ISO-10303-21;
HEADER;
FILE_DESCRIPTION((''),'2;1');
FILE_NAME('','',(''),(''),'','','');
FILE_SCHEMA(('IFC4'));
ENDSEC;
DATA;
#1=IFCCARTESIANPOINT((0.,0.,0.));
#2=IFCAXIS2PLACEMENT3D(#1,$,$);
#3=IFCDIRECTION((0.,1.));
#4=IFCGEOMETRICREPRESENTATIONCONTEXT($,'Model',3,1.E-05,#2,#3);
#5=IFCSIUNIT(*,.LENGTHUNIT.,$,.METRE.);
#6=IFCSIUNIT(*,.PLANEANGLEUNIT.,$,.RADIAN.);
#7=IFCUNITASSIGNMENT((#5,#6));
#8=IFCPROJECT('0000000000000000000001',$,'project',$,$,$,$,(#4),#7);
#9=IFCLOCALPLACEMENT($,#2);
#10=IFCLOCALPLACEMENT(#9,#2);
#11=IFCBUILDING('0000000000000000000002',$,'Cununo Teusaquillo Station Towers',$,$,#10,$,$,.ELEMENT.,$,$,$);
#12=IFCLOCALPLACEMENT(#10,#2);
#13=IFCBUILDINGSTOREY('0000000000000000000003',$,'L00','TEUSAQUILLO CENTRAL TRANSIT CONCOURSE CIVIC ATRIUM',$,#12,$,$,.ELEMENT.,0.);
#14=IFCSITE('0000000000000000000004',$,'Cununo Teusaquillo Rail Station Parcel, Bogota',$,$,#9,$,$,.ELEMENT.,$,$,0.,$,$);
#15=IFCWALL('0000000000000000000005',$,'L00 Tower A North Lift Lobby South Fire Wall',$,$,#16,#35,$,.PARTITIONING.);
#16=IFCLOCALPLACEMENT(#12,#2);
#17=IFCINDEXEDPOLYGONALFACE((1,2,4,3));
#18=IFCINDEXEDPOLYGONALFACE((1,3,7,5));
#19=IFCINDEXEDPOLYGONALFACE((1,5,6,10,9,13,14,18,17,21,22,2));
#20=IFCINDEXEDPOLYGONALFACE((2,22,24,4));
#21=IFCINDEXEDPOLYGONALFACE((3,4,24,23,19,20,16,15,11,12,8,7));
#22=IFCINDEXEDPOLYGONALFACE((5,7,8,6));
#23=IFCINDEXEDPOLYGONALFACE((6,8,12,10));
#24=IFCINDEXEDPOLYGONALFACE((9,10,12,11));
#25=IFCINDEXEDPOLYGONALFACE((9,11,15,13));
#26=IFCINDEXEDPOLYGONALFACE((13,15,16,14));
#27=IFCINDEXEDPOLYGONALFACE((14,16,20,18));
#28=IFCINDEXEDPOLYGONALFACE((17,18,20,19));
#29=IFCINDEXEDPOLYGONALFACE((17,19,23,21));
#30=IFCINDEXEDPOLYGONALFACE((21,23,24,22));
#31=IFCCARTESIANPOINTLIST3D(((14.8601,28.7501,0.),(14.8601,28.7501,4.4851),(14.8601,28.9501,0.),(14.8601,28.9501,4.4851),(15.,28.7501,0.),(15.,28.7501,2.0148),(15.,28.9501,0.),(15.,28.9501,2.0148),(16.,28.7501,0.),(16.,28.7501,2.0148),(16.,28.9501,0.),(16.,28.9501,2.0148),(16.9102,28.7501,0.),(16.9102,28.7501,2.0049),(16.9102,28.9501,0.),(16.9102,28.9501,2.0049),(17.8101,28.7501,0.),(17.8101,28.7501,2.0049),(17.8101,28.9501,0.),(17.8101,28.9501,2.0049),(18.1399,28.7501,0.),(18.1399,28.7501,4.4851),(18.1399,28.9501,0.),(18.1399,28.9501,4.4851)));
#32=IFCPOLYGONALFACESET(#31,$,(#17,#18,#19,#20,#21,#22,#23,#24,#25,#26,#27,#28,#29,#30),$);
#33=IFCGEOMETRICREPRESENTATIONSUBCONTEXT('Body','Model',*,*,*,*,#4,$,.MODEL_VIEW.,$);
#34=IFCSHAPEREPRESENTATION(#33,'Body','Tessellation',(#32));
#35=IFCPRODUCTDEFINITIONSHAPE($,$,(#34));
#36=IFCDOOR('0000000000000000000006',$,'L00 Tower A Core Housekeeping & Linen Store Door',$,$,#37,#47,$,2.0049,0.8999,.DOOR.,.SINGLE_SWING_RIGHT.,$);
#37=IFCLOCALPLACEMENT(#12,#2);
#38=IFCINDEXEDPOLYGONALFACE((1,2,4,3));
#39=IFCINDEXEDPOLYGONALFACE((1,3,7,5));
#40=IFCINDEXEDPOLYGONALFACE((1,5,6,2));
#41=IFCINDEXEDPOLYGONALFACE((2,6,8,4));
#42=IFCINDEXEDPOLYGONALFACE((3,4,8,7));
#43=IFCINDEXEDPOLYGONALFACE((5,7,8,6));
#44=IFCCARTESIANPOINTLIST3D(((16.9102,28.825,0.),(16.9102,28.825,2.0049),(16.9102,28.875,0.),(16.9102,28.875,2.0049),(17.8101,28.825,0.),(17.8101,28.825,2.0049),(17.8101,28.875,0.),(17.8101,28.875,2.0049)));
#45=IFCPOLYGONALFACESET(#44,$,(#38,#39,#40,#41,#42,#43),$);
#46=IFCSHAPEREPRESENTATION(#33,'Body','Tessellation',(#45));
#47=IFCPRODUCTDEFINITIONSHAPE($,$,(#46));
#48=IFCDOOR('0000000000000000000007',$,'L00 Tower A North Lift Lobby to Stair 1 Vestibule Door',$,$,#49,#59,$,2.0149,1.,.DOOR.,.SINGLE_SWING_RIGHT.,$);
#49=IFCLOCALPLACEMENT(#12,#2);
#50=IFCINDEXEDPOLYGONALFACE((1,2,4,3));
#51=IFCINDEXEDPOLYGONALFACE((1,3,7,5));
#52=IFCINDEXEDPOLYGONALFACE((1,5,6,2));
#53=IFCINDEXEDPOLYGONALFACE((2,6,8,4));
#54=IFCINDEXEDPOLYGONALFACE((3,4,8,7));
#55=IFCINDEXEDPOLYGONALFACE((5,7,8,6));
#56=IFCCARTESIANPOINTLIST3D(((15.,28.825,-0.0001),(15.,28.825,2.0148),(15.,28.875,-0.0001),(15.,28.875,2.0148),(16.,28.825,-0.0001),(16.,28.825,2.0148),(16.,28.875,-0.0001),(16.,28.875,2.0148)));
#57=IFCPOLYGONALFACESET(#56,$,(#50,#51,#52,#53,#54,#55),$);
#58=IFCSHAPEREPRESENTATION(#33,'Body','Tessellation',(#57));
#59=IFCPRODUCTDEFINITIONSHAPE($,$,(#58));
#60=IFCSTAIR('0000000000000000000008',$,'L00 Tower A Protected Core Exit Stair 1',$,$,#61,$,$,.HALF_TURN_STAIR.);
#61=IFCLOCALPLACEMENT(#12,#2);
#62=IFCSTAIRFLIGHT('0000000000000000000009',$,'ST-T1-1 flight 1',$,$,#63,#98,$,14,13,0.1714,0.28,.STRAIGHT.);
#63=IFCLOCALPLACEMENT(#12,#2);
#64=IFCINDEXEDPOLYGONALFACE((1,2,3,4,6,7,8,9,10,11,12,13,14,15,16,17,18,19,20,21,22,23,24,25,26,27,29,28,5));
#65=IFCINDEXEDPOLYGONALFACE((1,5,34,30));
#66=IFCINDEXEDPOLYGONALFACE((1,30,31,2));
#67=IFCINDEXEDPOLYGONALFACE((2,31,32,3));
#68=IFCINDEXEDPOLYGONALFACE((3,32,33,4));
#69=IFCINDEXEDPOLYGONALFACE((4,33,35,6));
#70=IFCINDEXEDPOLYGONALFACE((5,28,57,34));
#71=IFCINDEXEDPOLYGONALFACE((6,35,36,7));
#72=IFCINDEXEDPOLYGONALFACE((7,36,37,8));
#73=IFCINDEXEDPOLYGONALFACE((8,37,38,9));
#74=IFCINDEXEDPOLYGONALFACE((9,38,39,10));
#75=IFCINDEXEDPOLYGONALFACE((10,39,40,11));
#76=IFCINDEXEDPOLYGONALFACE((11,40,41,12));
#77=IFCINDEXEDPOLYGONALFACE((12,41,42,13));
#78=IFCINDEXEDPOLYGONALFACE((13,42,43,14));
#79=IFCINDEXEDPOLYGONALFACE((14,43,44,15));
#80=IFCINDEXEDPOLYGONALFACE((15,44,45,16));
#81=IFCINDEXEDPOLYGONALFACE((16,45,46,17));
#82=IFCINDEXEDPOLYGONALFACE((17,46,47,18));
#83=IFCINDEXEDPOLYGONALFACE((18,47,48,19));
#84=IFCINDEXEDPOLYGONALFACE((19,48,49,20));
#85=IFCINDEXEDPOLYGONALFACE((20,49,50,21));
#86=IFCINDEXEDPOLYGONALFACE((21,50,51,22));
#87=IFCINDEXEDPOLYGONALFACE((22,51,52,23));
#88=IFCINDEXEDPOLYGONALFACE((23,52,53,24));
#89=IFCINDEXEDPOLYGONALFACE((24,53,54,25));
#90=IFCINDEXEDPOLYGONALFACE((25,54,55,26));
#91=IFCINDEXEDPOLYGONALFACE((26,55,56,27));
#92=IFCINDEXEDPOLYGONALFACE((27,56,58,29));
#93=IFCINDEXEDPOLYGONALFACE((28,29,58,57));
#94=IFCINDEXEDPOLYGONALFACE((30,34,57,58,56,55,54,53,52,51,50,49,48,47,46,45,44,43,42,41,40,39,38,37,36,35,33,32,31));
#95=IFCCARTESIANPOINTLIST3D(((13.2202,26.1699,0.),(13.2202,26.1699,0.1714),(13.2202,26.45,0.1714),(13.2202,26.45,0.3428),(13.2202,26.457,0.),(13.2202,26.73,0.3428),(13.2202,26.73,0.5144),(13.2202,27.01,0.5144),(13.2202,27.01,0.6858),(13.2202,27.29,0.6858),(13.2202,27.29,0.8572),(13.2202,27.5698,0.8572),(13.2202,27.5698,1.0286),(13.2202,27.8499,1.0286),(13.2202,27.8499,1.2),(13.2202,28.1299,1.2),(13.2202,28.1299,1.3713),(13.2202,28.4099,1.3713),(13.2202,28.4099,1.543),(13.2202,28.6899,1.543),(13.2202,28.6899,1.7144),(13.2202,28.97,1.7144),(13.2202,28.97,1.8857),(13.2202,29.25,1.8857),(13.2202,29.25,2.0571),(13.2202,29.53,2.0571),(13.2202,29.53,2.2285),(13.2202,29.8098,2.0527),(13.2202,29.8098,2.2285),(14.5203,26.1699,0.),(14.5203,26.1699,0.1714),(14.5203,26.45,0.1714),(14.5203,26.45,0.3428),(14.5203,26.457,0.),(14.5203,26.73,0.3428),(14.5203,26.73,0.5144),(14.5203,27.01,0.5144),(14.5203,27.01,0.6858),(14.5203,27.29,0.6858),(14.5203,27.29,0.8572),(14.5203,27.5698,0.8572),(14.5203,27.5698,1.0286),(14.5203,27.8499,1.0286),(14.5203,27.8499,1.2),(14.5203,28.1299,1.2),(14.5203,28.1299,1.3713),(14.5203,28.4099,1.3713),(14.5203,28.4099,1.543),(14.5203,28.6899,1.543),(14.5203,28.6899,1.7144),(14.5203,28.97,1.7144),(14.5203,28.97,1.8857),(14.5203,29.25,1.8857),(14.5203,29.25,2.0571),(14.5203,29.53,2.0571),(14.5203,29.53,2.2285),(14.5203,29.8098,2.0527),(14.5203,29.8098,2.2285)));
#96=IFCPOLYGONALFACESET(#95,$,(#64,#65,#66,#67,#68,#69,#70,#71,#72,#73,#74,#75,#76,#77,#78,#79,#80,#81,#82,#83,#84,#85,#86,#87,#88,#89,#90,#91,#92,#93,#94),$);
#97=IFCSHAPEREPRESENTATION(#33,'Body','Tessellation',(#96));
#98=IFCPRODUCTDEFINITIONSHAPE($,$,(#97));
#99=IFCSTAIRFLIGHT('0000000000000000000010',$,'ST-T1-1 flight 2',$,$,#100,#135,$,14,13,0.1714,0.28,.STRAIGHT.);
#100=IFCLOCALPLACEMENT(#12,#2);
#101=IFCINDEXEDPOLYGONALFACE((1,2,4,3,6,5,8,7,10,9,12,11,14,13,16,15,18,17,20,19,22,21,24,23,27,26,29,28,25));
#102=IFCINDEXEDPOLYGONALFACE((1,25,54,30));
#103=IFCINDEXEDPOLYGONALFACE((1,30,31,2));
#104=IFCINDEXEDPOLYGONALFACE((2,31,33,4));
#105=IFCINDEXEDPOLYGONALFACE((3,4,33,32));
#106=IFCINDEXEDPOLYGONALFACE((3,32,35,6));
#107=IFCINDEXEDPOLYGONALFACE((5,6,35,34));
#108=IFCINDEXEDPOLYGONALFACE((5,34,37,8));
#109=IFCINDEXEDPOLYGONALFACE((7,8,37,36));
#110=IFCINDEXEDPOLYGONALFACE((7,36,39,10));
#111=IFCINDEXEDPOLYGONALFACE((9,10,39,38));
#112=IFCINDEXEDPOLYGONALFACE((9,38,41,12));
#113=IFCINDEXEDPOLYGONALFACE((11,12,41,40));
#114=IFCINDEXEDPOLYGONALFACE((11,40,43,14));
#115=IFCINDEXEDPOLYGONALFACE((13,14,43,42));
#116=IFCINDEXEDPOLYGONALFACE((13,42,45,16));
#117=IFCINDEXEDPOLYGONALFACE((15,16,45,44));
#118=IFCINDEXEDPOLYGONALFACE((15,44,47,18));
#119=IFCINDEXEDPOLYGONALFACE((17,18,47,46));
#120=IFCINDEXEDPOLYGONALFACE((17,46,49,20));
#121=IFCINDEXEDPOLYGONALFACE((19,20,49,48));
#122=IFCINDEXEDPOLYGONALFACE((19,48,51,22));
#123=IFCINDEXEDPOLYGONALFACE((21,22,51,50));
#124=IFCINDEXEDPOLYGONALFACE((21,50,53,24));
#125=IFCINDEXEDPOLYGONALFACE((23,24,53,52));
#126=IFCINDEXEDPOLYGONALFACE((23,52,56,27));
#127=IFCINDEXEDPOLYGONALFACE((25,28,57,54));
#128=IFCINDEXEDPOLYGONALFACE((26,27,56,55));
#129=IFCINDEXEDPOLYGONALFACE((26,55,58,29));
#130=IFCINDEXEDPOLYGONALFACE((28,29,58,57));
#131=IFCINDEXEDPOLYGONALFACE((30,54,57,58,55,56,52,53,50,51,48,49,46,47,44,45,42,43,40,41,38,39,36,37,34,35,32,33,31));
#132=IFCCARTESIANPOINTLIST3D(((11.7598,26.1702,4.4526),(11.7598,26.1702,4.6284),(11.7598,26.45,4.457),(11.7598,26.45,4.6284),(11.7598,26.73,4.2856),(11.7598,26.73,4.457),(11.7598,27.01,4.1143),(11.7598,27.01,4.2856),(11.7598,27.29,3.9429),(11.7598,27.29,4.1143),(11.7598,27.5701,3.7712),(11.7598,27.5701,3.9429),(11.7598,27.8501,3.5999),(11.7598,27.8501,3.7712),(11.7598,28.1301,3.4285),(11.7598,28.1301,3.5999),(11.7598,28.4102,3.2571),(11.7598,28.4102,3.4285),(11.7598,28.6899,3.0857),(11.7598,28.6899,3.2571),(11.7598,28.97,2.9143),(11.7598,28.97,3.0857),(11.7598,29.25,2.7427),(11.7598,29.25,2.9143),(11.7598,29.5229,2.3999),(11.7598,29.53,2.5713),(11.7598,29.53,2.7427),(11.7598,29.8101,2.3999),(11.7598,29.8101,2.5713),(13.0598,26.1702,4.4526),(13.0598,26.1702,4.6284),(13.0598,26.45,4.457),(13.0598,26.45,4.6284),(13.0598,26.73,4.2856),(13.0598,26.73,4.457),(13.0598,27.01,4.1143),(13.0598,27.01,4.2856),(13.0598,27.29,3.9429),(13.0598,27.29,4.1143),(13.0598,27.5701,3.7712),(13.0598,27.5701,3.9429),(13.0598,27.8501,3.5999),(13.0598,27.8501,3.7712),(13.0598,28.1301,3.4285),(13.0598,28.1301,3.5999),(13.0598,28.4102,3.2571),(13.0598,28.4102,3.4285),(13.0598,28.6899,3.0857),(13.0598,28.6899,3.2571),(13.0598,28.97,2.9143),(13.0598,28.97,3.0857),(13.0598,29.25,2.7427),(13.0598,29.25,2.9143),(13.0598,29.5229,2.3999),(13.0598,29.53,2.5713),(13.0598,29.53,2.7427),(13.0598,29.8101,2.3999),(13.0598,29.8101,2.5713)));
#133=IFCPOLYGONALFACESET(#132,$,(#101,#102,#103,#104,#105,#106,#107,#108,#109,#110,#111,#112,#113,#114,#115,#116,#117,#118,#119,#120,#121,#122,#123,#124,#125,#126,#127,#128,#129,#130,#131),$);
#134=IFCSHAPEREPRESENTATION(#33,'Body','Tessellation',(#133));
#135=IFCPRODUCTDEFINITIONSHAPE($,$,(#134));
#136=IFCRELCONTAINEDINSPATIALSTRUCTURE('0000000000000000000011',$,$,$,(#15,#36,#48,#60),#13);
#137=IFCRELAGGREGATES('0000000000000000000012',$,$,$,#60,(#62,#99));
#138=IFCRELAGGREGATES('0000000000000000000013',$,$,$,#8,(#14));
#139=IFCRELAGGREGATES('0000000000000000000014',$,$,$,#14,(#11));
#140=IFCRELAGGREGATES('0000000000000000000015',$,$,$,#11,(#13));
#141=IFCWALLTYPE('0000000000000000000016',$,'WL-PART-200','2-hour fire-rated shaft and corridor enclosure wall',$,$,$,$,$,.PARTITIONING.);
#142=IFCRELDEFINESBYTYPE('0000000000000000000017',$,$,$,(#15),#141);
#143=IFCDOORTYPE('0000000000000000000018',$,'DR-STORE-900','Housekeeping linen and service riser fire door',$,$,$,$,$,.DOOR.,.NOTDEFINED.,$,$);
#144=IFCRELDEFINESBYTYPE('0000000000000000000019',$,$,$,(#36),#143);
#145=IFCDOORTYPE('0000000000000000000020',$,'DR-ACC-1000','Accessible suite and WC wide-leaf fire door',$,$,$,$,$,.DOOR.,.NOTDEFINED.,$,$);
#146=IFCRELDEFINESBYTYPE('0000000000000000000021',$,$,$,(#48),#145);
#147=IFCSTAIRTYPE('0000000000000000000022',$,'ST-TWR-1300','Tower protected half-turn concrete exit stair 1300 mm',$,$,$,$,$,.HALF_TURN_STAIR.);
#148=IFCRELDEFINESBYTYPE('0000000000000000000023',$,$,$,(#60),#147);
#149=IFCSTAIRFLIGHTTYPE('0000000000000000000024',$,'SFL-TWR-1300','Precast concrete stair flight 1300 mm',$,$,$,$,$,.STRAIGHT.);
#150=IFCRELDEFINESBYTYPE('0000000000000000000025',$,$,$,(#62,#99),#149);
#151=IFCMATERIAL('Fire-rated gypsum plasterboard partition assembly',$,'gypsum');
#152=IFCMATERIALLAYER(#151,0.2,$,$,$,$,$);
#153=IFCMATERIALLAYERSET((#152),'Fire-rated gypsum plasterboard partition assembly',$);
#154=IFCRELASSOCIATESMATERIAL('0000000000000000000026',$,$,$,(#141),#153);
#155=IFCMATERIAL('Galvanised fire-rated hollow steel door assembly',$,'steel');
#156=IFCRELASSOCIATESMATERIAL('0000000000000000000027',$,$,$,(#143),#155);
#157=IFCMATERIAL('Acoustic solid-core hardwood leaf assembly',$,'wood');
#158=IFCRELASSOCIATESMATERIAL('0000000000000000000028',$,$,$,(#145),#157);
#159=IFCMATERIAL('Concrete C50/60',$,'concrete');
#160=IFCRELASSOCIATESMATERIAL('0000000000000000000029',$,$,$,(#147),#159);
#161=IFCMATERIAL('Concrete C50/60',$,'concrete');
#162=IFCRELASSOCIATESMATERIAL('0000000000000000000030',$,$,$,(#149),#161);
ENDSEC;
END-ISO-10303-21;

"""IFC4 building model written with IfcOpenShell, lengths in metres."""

from ifc_helpers import new_model, si_unit, direction, frame, frame_2d, origin, place, context, subcontext, project, spatial, polyline, rectangle, outline, extrude, source, transform, mapped, material, layer, layer_set, type_object, element, fill, aggregate, save


model = new_model("IFC4")

# Units and contexts
model_context = context("Model", 3, precision=1e-05, world=origin(), true_north=direction((0.0, 1.0)))
body_context = subcontext(model_context, "Body", "Model", "MODEL_VIEW")
ifc_project = project(units=[si_unit("LENGTHUNIT", "METRE"), si_unit("PLANEANGLEUNIT", "RADIAN")], contexts=[model_context])

# Site, building, storey
site_placement = place(None, origin())
site = spatial("IfcSite", under=ifc_project, at=site_placement, Name="Cununo Teusaquillo Rail Station Parcel, Bogota", CompositionType="ELEMENT", RefElevation=0.0)
building_placement = place(site_placement, origin())
building = spatial("IfcBuilding", under=site, at=building_placement, Name="Cununo Teusaquillo Station Towers", CompositionType="ELEMENT")
storey_placement = place(building_placement, origin())
storey = spatial("IfcBuildingStorey", under=building, at=storey_placement, Name="L00", Description="TEUSAQUILLO CENTRAL TRANSIT CONCOURSE CIVIC ATRIUM", CompositionType="ELEMENT", Elevation=0.0)

# Shared definitions
ifc_material_1 = material(Name="Fire-rated gypsum plasterboard partition assembly", Category="gypsum")
ifc_layer_1 = layer(ifc_material_1, 0.2)
ifc_layer_set_1 = layer_set([ifc_layer_1], Name="Fire-rated gypsum plasterboard partition assembly")
wall_type_1 = type_object("IfcWallType", Name="WL-PART-200", Description="2-hour fire-rated shaft and corridor enclosure wall", PredefinedType="PARTITIONING", material=ifc_layer_set_1)
shared_shape_1 = source(origin(), body_context, "Body", "SweptSolid", [
    extrude(rectangle(XDim=0.8999, YDim=2.0049, at=frame_2d((0.45, 1.0024))), frame((0.0, 0.1099, 0.0), z_axis=(0.0, -1.0, 0.0), x_axis=(1.0, 0.0, 0.0)), (0.0, 0.0, 1.0), 0.22),
])
ifc_material_2 = material(Name="Galvanised fire-rated hollow steel door assembly", Category="steel")
door_type_1 = type_object("IfcDoorType", Name="DR-STORE-900", Description="Housekeeping linen and service riser fire door", OperationType="NOTDEFINED", PredefinedType="DOOR", material=ifc_material_2)
shared_shape_2 = source(origin(), body_context, "Body", "SweptSolid", [
    extrude(rectangle(XDim=0.8999, YDim=2.0049, at=frame_2d((0.45, 1.0024))), frame((0.0, 0.0249, 0.0), z_axis=(0.0, -1.0, 0.0), x_axis=(1.0, 0.0, 0.0)), (0.0, 0.0, 1.0), 0.05),
])

# Wall, openings, doors
wall_1_placement = place(storey_placement, frame((14.8601, 28.8501, 0.0), z_axis=(0.0, 0.0, 1.0), x_axis=(1.0, 0.0, 0.0)))
wall_1 = element("IfcWall", 1, at=wall_1_placement, inside=storey, type_object=wall_type_1, Name="L00 Tower A North Lift Lobby South Fire Wall", PredefinedType="PARTITIONING", context=body_context, shape_type="SweptSolid", body=[
    extrude(rectangle(XDim=3.2798, YDim=0.2, at=frame_2d((1.6399, 0.0))), origin(), (0.0, 0.0, 1.0), 4.4851),
])
shared_shape_3 = source(origin(), body_context, "Body", "SweptSolid", [
    extrude(rectangle(XDim=1.0, YDim=2.0149, at=frame_2d((0.5, 1.0073))), frame((0.0, 0.1099, 0.0), z_axis=(0.0, -1.0, 0.0), x_axis=(1.0, 0.0, 0.0)), (0.0, 0.0, 1.0), 0.22),
])
opening_1_placement = place(wall_1_placement, frame((0.1399, 0.0, 0.0)))
opening_1 = element("IfcOpeningElement", 2, at=opening_1_placement, cuts=wall_1, PredefinedType="OPENING", context=body_context, shape_type="MappedRepresentation", body=[
    mapped(shared_shape_3, transform((0.0, 0.0, 0.0), x_axis=(1.0, 0.0, 0.0), y_axis=(0.0, 1.0, 0.0), z_axis=(0.0, 0.0, 1.0), scale=1.0)),
])
opening_2_placement = place(wall_1_placement, frame((2.05, 0.0, 0.0)))
opening_2 = element("IfcOpeningElement", 3, at=opening_2_placement, cuts=wall_1, PredefinedType="OPENING", context=body_context, shape_type="MappedRepresentation", body=[
    mapped(shared_shape_1, transform((0.0, 0.0, 0.0), x_axis=(1.0, 0.0, 0.0), y_axis=(0.0, 1.0, 0.0), z_axis=(0.0, 0.0, 1.0), scale=1.0)),
])
door_1_placement = place(opening_2_placement, origin())
door_1 = element("IfcDoor", 4, at=door_1_placement, inside=storey, type_object=door_type_1, Name="L00 Tower A Core Housekeeping & Linen Store Door", OperationType="SINGLE_SWING_RIGHT", OverallHeight=2.0049, OverallWidth=0.8999, PredefinedType="DOOR", context=body_context, shape_type="MappedRepresentation", body=[
    mapped(shared_shape_2, transform((0.0, 0.0, 0.0), x_axis=(1.0, 0.0, 0.0), y_axis=(0.0, 1.0, 0.0), z_axis=(0.0, 0.0, 1.0), scale=1.0)),
])
fill(opening_2, door_1)
ifc_material_3 = material(Name="Acoustic solid-core hardwood leaf assembly", Category="wood")
door_type_2 = type_object("IfcDoorType", Name="DR-ACC-1000", Description="Accessible suite and WC wide-leaf fire door", OperationType="NOTDEFINED", PredefinedType="DOOR", material=ifc_material_3)
shared_shape_4 = source(origin(), body_context, "Body", "SweptSolid", [
    extrude(rectangle(XDim=1.0, YDim=2.0149, at=frame_2d((0.5, 1.0073))), frame((0.0, 0.0249, 0.0), z_axis=(0.0, -1.0, 0.0), x_axis=(1.0, 0.0, 0.0)), (0.0, 0.0, 1.0), 0.05),
])
door_2_placement = place(opening_1_placement, origin())
door_2 = element("IfcDoor", 5, at=door_2_placement, inside=storey, type_object=door_type_2, Name="L00 Tower A North Lift Lobby to Stair 1 Vestibule Door", OperationType="SINGLE_SWING_RIGHT", OverallHeight=2.0149, OverallWidth=1.0, PredefinedType="DOOR", context=body_context, shape_type="MappedRepresentation", body=[
    mapped(shared_shape_4, transform((0.0, 0.0, 0.0), x_axis=(1.0, 0.0, 0.0), y_axis=(0.0, 1.0, 0.0), z_axis=(0.0, 0.0, 1.0), scale=1.0)),
])
fill(opening_1, door_2)

# Stair, stair flights
ifc_material_4 = material(Name="Concrete C50/60", Category="concrete")
stair_type = type_object("IfcStairType", Name="ST-TWR-1300", Description="Tower protected half-turn concrete exit stair 1300 mm", PredefinedType="HALF_TURN_STAIR", material=ifc_material_4)
stair_placement = place(storey_placement, origin())
stair = element("IfcStair", 6, at=stair_placement, inside=storey, type_object=stair_type, Name="L00 Tower A Protected Core Exit Stair 1", PredefinedType="HALF_TURN_STAIR")
ifc_material_5 = material(Name="Concrete C50/60", Category="concrete")
stair_flight_type = type_object("IfcStairFlightType", Name="SFL-TWR-1300", Description="Precast concrete stair flight 1300 mm", PredefinedType="STRAIGHT", material=ifc_material_5)
stair_flight_1_placement = place(storey_placement, frame((13.8701, 26.1699, 0.0), z_axis=(0.0, 0.0, 1.0), x_axis=(0.0, 1.0, 0.0)))
stair_flight_1 = element("IfcStairFlight", 7, at=stair_flight_1_placement, type_object=stair_flight_type, Name="ST-T1-1 flight 1", NumberOfRisers=14, NumberOfTreads=13, PredefinedType="STRAIGHT", RiserHeight=0.1714, TreadLength=0.28, context=body_context, shape_type="SweptSolid", body=[
    extrude(outline(polyline([(0.0, 0.0), (0.0, 0.1714), (0.28, 0.1714), (0.28, 0.3428), (0.5601, 0.3428), (0.5601, 0.5144), (0.8401, 0.5144), (0.8401, 0.6858), (1.1201, 0.6858), (1.1201, 0.8572), (1.3999, 0.8572), (1.3999, 1.0286), (1.6799, 1.0286), (1.6799, 1.2), (1.96, 1.2), (1.96, 1.3713), (2.24, 1.3713), (2.24, 1.543), (2.52, 1.543), (2.52, 1.7144), (2.8, 1.7144), (2.8, 1.8857), (3.0801, 1.8857), (3.0801, 2.0571), (3.3601, 2.0571), (3.3601, 2.2285), (3.6399, 2.2285), (3.6399, 2.3999), (3.6399, 2.0527), (0.2871, 0.0), (0.0, 0.0)])), frame((0.0, 0.6499, 0.0), z_axis=(0.0, -1.0, 0.0), x_axis=(1.0, 0.0, 0.0)), (0.0, 0.0, 1.0), 1.3),
])
stair_flight_2_placement = place(storey_placement, frame((12.4099, 29.8101, 2.3999), z_axis=(0.0, 0.0, 1.0), x_axis=(0.0, -1.0, 0.0)))
stair_flight_2 = element("IfcStairFlight", 8, at=stair_flight_2_placement, type_object=stair_flight_type, Name="ST-T1-1 flight 2", NumberOfRisers=14, NumberOfTreads=13, PredefinedType="STRAIGHT", RiserHeight=0.1714, TreadLength=0.28, context=body_context, shape_type="SweptSolid", body=[
    extrude(outline(polyline([(0.0, 0.0), (0.0, 0.1714), (0.28, 0.1714), (0.28, 0.3428), (0.5601, 0.3428), (0.5601, 0.5144), (0.8401, 0.5144), (0.8401, 0.6858), (1.1201, 0.6858), (1.1201, 0.8572), (1.3999, 0.8572), (1.3999, 1.0286), (1.6799, 1.0286), (1.6799, 1.2), (1.96, 1.2), (1.96, 1.3713), (2.24, 1.3713), (2.24, 1.543), (2.52, 1.543), (2.52, 1.7144), (2.8, 1.7144), (2.8, 1.8857), (3.0801, 1.8857), (3.0801, 2.0571), (3.3601, 2.0571), (3.3601, 2.2285), (3.6399, 2.2285), (3.6399, 2.3999), (3.6399, 2.0527), (0.2871, 0.0), (0.0, 0.0)])), frame((0.0, 0.6499, 0.0), z_axis=(0.0, -1.0, 0.0), x_axis=(1.0, 0.0, 0.0)), (0.0, 0.0, 1.0), 1.3),
])
aggregate(stair, [stair_flight_1, stair_flight_2])

save(model, "model.ifc")
